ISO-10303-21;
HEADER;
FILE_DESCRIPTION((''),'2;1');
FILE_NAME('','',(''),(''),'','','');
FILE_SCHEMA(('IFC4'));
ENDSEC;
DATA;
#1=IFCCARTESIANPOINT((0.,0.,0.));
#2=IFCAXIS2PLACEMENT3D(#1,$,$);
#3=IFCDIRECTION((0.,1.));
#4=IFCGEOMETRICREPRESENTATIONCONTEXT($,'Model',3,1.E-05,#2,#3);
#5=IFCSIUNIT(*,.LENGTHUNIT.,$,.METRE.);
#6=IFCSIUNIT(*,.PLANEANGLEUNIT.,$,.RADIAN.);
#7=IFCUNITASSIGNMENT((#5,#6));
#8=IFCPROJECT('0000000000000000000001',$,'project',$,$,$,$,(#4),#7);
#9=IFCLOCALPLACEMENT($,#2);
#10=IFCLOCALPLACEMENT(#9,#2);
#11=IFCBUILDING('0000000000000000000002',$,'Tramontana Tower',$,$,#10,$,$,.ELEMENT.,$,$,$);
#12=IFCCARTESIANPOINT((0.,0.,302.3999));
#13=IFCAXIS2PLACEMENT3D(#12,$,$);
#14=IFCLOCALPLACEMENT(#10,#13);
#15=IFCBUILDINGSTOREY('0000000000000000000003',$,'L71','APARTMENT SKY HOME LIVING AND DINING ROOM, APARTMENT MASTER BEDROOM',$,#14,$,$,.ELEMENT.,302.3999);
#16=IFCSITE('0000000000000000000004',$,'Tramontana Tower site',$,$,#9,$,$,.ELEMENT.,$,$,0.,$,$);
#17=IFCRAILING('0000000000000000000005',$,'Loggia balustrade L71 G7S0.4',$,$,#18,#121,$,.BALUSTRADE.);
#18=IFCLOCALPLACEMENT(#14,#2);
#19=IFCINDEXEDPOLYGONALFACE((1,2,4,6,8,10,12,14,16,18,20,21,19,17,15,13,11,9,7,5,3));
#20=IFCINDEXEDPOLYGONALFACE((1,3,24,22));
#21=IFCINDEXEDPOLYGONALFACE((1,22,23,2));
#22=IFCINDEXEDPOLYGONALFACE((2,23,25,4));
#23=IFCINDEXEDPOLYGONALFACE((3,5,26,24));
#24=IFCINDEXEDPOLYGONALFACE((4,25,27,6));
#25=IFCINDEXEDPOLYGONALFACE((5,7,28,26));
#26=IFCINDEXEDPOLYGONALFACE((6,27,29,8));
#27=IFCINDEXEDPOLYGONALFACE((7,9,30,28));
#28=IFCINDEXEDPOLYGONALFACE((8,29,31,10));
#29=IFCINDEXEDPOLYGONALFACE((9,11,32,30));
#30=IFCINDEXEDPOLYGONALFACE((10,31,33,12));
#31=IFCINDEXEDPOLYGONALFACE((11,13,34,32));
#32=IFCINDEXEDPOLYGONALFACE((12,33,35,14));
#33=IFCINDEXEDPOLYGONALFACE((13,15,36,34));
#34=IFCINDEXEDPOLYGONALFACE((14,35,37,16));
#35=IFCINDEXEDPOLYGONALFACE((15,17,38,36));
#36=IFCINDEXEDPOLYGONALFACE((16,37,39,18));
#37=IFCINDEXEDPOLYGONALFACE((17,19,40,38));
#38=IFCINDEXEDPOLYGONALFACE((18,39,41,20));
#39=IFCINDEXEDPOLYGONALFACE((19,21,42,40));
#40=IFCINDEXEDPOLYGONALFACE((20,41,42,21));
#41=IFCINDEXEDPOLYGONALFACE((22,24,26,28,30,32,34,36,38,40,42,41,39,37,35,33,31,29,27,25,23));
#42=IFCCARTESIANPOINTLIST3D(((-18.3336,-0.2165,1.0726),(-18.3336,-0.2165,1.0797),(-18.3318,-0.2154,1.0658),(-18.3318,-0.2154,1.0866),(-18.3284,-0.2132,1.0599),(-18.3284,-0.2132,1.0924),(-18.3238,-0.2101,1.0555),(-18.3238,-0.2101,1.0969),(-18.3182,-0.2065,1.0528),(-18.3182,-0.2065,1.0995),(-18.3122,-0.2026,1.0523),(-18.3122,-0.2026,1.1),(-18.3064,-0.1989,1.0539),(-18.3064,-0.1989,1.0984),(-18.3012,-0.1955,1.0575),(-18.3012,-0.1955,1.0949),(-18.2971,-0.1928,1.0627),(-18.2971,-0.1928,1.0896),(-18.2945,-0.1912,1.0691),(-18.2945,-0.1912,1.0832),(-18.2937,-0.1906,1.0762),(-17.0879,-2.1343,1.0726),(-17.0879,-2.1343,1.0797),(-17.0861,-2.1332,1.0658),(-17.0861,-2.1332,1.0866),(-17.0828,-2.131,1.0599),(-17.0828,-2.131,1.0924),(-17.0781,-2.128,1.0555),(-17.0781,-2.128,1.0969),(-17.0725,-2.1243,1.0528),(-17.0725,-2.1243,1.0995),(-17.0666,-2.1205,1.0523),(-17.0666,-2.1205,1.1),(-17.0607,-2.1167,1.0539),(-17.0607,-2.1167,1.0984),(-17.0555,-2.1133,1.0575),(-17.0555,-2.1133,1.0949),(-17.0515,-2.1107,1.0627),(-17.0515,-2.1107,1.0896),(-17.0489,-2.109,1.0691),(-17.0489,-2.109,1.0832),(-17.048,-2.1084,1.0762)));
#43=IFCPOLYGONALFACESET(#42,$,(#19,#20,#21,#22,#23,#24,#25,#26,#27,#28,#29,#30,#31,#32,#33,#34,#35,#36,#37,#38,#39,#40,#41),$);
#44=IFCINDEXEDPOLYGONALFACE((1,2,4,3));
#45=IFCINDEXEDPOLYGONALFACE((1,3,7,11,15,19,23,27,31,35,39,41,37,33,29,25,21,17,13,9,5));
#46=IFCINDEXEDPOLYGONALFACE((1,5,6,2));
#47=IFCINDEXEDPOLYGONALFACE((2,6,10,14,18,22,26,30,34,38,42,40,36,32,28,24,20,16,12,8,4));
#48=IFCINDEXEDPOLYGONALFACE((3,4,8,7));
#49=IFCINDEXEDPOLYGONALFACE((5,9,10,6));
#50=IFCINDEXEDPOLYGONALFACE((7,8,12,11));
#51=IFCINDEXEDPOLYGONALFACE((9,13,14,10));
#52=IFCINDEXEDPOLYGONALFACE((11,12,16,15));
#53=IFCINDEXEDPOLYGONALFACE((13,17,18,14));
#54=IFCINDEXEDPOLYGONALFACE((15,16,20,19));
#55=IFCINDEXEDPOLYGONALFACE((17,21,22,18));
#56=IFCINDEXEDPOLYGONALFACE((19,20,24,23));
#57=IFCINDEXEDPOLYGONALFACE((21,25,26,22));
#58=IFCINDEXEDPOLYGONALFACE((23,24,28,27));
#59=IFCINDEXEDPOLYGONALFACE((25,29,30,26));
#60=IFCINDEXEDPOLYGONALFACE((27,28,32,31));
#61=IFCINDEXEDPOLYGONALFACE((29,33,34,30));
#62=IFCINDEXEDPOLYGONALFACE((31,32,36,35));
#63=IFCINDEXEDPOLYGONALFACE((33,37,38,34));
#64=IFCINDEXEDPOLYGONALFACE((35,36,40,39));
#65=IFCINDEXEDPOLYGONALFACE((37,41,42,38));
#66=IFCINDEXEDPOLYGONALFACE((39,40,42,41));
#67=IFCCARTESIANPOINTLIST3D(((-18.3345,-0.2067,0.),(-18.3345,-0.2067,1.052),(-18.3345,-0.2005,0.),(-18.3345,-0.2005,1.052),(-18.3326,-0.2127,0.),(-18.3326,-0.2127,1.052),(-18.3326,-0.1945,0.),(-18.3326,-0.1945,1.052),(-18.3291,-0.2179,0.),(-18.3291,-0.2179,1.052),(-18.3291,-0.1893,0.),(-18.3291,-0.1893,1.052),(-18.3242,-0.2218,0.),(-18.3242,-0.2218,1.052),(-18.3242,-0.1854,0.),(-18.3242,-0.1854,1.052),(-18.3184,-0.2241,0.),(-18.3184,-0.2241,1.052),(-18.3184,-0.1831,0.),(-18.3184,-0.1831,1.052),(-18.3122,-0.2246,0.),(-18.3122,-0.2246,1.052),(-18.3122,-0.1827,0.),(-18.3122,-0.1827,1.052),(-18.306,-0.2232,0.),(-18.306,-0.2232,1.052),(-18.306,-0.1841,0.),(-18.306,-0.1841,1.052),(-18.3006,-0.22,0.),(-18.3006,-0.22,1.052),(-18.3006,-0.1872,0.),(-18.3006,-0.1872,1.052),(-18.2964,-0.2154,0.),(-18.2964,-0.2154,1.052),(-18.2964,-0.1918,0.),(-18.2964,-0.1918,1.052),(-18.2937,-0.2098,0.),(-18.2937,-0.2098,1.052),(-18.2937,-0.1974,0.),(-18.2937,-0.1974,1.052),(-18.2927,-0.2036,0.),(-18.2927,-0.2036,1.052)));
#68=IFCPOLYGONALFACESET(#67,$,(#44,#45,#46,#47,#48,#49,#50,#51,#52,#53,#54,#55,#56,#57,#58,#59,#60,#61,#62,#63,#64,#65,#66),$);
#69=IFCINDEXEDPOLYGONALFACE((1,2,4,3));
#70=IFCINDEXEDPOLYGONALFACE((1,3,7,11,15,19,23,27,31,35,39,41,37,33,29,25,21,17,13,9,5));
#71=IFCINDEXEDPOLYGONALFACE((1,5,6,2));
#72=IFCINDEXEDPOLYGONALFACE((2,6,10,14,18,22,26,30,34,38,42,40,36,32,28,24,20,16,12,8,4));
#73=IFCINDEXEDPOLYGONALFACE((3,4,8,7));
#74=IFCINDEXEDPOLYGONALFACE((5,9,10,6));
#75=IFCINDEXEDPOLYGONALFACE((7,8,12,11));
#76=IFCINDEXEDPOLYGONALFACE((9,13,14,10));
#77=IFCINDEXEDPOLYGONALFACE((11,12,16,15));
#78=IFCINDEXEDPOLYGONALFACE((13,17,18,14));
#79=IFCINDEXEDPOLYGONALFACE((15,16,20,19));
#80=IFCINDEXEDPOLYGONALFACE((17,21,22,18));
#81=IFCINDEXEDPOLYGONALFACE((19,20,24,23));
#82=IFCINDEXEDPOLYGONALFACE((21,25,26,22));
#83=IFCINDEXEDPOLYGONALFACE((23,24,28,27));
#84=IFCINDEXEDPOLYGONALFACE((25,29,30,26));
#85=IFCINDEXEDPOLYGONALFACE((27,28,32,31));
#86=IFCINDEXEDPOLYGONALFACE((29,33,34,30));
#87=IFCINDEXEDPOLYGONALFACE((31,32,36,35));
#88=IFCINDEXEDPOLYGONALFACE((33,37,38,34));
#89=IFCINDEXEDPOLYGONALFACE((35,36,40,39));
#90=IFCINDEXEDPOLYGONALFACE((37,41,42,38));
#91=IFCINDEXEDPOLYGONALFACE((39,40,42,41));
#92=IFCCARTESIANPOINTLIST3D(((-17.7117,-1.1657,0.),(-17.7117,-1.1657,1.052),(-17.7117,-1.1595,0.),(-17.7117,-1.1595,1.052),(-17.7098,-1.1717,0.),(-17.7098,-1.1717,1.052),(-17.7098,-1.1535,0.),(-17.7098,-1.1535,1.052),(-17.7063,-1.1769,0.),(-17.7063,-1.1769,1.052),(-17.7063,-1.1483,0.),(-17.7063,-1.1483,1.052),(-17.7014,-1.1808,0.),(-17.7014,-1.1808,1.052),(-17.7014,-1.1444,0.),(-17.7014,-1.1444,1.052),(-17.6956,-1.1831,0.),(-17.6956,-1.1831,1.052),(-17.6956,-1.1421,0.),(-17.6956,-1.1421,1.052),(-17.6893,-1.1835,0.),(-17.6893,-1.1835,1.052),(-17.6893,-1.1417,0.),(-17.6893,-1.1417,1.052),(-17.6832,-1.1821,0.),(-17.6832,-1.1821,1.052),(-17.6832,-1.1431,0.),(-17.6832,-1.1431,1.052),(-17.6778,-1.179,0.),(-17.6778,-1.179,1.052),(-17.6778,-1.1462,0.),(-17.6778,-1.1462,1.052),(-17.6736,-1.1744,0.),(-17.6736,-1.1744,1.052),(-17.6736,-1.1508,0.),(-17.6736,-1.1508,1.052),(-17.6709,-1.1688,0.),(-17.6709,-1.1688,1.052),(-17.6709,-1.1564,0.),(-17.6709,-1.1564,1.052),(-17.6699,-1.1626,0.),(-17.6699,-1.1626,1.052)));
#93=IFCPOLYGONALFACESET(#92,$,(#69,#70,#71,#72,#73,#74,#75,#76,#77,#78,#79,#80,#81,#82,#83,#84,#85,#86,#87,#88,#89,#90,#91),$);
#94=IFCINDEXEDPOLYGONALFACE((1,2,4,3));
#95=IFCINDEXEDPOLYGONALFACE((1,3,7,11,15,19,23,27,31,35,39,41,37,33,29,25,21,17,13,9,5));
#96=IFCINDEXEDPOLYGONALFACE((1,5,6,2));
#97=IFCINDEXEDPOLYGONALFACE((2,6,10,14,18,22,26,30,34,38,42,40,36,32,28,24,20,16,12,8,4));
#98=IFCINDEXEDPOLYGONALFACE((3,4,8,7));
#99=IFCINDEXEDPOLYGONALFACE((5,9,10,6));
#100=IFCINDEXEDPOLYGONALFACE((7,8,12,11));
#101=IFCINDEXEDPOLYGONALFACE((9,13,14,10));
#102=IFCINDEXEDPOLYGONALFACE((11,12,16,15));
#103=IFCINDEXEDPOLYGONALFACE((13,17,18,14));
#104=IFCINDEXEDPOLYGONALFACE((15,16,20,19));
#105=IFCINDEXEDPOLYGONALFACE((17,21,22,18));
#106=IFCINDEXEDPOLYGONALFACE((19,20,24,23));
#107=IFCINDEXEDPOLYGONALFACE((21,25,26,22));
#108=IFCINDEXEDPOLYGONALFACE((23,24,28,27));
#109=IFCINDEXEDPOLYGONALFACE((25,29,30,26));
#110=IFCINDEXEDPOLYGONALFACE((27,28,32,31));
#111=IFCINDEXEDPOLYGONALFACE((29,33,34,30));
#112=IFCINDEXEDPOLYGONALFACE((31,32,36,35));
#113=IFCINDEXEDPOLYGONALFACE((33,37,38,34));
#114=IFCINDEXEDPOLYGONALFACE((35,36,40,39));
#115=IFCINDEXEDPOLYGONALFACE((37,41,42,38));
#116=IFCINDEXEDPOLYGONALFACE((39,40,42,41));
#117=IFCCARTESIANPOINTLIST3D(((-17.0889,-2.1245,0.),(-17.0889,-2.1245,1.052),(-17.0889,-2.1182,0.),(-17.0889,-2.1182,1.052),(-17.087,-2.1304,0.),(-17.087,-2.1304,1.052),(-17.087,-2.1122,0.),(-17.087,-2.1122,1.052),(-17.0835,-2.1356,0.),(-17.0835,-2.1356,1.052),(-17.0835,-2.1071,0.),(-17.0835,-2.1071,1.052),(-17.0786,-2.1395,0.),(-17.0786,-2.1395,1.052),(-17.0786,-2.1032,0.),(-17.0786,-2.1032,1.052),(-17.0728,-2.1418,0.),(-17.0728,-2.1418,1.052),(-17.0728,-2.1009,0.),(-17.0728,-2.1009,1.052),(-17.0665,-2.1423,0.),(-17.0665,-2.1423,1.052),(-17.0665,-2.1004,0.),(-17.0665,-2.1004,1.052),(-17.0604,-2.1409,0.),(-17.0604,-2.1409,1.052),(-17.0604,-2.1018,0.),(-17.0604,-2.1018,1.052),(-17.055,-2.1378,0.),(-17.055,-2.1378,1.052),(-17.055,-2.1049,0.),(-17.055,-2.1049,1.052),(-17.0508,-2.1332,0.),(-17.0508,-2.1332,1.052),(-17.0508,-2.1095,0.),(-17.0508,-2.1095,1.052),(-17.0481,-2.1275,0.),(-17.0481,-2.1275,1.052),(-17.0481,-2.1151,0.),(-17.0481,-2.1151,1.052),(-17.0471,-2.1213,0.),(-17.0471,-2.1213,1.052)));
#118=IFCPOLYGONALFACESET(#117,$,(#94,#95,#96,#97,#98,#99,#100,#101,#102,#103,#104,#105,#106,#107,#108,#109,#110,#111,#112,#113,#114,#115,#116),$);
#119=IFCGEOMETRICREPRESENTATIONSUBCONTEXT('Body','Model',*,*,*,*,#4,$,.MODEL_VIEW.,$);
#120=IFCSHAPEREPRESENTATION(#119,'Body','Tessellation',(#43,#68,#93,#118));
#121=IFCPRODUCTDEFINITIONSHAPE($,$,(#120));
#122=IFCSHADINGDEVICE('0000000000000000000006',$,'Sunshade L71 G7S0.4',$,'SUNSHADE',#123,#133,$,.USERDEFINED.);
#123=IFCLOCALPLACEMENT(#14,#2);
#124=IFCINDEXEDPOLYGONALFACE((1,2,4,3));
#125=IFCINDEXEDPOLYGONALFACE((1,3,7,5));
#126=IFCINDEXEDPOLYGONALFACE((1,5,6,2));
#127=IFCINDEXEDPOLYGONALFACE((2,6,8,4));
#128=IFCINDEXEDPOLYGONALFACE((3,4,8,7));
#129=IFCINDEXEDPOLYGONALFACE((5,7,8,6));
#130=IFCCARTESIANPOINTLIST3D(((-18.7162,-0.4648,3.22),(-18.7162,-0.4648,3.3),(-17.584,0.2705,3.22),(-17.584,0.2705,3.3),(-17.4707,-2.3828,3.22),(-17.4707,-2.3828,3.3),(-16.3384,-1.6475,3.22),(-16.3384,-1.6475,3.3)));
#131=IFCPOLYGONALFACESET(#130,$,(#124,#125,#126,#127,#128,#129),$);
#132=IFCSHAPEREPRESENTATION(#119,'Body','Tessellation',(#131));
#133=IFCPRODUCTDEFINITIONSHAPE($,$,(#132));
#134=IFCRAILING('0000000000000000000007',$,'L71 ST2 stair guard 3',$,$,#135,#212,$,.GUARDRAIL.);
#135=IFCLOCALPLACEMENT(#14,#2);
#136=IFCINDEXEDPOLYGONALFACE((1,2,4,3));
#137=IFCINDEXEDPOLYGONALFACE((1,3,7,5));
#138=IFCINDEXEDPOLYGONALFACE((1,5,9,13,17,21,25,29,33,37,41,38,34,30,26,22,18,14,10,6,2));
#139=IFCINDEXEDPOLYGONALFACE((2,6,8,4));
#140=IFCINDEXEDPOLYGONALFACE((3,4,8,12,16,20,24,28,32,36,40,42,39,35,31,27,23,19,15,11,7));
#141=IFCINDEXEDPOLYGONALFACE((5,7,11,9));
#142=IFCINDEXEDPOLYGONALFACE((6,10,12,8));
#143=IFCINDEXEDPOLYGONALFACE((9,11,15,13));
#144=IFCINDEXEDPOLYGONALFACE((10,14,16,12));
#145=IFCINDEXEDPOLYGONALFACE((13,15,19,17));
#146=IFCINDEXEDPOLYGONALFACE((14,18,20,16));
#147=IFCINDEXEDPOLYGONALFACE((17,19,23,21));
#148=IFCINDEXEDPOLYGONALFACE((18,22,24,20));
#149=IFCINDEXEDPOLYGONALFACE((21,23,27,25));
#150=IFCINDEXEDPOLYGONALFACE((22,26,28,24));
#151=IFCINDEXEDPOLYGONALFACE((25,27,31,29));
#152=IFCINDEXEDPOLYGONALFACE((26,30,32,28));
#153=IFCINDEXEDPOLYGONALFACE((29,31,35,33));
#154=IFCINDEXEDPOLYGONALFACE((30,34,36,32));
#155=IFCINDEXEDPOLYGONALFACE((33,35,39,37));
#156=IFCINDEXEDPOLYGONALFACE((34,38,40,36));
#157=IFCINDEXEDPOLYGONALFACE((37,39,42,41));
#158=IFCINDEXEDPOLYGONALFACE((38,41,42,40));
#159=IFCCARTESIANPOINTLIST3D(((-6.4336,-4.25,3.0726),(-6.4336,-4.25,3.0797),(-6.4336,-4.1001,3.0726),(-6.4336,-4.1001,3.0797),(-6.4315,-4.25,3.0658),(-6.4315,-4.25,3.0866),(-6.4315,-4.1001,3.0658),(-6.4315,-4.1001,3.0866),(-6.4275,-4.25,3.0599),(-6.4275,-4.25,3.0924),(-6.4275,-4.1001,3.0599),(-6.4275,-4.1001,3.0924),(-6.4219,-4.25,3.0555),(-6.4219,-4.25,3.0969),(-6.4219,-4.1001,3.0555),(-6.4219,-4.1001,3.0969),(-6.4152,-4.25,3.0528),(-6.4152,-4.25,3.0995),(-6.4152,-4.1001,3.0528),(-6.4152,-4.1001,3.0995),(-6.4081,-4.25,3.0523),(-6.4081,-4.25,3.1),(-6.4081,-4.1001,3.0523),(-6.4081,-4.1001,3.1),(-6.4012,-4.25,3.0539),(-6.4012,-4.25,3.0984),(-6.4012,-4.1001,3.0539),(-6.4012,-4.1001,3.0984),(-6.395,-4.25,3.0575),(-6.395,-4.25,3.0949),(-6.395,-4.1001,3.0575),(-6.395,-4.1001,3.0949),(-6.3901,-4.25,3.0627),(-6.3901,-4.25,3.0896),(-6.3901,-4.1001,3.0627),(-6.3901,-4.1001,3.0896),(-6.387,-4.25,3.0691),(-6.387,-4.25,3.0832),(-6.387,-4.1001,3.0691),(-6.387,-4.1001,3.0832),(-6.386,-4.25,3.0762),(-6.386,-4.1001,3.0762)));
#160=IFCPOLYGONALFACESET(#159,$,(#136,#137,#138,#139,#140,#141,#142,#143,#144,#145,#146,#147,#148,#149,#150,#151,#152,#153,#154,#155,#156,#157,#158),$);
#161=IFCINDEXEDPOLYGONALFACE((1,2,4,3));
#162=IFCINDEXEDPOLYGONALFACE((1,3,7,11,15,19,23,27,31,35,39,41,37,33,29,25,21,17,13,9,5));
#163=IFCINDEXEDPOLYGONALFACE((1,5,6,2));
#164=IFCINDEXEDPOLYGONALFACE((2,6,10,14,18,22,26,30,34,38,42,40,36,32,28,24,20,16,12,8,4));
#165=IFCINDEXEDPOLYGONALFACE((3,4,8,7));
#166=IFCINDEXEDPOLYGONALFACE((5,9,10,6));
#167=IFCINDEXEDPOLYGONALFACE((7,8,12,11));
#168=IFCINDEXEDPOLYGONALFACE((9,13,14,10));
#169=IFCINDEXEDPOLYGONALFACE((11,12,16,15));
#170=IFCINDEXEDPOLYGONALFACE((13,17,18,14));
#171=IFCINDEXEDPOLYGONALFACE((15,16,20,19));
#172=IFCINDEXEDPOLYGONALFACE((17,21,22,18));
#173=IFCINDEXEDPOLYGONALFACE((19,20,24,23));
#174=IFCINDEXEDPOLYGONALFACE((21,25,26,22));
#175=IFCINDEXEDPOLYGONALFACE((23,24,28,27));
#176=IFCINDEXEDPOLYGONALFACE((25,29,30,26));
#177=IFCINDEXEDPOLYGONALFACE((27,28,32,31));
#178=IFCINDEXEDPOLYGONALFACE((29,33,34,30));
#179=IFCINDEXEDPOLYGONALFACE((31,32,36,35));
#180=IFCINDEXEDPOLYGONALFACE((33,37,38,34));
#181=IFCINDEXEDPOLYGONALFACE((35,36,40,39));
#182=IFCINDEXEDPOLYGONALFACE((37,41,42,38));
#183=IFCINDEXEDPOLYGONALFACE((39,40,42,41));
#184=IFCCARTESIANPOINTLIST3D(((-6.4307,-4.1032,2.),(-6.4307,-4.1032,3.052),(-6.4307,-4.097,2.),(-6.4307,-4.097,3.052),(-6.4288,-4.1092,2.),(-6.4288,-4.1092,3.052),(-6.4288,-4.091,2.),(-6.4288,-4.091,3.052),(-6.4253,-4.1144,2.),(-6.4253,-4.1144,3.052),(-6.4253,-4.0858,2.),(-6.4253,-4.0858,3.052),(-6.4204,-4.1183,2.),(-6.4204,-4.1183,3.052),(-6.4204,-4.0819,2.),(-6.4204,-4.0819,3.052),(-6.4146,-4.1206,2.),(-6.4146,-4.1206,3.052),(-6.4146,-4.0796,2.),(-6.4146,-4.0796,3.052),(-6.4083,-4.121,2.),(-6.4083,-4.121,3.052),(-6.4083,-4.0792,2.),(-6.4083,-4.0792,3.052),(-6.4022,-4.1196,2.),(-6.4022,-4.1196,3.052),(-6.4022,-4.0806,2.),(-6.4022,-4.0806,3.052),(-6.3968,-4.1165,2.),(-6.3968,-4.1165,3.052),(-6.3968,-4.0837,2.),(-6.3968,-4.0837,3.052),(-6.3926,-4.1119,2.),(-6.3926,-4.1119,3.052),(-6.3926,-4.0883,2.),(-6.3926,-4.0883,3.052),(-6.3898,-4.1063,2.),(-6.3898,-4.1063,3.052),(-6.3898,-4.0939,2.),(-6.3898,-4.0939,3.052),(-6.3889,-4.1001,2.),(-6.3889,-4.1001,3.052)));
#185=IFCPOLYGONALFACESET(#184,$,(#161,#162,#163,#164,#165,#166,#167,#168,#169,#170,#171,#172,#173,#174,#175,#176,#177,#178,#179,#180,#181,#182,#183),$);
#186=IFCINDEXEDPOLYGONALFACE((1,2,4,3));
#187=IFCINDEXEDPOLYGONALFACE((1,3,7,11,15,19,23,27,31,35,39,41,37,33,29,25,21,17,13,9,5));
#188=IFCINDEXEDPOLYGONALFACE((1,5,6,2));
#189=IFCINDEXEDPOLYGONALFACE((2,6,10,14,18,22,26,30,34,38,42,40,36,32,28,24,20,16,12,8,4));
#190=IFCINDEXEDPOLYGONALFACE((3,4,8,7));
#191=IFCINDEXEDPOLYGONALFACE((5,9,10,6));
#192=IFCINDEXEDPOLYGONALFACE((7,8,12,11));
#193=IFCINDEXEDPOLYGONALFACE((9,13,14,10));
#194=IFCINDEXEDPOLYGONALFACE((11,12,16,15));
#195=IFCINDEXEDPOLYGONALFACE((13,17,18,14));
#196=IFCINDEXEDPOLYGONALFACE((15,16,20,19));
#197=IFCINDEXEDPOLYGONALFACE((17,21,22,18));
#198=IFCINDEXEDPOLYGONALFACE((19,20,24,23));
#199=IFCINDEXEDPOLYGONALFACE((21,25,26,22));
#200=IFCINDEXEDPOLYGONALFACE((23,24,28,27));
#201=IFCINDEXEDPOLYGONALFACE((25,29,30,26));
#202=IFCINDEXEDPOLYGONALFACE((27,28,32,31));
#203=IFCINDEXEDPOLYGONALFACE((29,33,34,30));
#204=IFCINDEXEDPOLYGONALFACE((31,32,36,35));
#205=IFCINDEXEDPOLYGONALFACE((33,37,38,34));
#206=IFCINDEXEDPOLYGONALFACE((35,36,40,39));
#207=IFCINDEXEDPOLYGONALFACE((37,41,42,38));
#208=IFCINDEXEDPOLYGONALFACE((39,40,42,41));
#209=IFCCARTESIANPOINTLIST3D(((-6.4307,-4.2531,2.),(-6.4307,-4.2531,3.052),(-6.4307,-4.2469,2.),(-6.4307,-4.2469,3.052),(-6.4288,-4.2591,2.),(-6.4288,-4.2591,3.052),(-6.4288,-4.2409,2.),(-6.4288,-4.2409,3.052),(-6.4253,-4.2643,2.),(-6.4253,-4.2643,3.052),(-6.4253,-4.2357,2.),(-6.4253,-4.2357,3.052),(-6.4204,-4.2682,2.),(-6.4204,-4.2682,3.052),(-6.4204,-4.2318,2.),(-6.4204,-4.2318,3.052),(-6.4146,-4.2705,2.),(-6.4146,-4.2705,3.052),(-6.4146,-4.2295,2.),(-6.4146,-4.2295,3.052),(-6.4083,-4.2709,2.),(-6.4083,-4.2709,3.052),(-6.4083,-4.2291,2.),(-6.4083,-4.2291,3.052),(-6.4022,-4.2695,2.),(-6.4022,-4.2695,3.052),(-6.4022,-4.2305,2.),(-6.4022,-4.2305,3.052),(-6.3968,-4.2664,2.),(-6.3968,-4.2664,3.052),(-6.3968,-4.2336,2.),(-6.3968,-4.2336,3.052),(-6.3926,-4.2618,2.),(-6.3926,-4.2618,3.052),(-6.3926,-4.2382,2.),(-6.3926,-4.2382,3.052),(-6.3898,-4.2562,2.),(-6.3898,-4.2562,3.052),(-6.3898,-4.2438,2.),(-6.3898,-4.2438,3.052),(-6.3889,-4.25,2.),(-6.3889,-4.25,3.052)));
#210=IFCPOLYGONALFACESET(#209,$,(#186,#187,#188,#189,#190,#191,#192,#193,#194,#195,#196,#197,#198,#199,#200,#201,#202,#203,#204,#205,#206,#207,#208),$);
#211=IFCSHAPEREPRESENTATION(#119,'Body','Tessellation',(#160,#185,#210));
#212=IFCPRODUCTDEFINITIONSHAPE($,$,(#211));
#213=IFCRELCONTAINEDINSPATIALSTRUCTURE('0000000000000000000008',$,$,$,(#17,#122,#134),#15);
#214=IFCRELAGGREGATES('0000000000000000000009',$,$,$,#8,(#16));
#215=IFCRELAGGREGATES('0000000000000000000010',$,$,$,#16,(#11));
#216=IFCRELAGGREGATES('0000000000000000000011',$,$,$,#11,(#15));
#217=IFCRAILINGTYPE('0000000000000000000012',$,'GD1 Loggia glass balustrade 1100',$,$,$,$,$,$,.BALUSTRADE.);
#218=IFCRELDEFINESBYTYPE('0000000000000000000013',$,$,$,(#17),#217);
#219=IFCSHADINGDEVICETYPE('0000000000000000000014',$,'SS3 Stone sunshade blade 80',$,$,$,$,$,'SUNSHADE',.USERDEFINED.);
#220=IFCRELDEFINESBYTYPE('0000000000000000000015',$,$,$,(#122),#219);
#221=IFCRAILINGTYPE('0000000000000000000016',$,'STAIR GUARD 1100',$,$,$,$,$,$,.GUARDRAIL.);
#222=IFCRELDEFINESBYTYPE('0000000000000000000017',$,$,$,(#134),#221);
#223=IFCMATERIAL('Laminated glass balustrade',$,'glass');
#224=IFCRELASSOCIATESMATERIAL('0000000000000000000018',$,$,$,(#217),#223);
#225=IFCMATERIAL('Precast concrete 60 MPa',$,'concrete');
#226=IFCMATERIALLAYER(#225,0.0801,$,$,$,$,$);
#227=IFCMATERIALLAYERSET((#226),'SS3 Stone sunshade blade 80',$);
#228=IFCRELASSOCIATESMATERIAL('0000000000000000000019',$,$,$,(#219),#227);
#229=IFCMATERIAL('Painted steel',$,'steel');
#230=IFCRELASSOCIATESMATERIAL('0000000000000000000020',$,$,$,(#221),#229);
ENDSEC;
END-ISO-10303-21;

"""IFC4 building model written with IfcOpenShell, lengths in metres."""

from ifc_helpers import new_model, si_unit, direction, frame, origin, origin_2d, place, context, subcontext, project, spatial, rectangle, circle, extrude, material, layer, layer_set, type_object, element, save


model = new_model("IFC4")

# Units and contexts
model_context = context("Model", 3, precision=1e-05, world=origin(), true_north=direction((0.0, 1.0)))
body_context = subcontext(model_context, "Body", "Model", "MODEL_VIEW")
ifc_project = project(units=[si_unit("LENGTHUNIT", "METRE"), si_unit("PLANEANGLEUNIT", "RADIAN")], contexts=[model_context])

# Site, building, storey
site_placement = place(None, origin())
site = spatial("IfcSite", under=ifc_project, at=site_placement, Name="Tramontana Tower site", CompositionType="ELEMENT", RefElevation=0.0)
building_placement = place(site_placement, origin())
building = spatial("IfcBuilding", under=site, at=building_placement, Name="Tramontana Tower", CompositionType="ELEMENT")
storey_placement = place(building_placement, frame((0.0, 0.0, 302.3999)))
storey = spatial("IfcBuildingStorey", under=building, at=storey_placement, Name="L71", Description="APARTMENT SKY HOME LIVING AND DINING ROOM, APARTMENT MASTER BEDROOM", CompositionType="ELEMENT", Elevation=302.3999)

# Railing
ifc_material_1 = material(Name="Laminated glass balustrade", Category="glass")
railing_type_1 = type_object("IfcRailingType", Name="GD1 Loggia glass balustrade 1100", PredefinedType="BALUSTRADE", material=ifc_material_1)
railing_1_placement = place(storey_placement, frame((-18.3137, -0.2036, 0.0)))
element("IfcRailing", 1, at=railing_1_placement, inside=storey, type_object=railing_type_1, Name="Loggia balustrade L71 G7S0.4", PredefinedType="BALUSTRADE", context=body_context, shape_type="SweptSolid", body=[
    extrude(circle(Radius=0.0239, at=origin_2d()), frame((0.0, 0.0, 1.0762), z_axis=(0.544707, -0.838627, 0.0), x_axis=(0.838627, 0.544707, 0.0)), (0.0, 0.0, 1.0), 2.2869),
    extrude(circle(Radius=0.021, at=origin_2d()), origin(), (0.0, 0.0, 1.0), 1.052),
    extrude(circle(Radius=0.021, at=origin_2d()), frame((0.6228, -0.959, 0.0)), (0.0, 0.0, 1.0), 1.052),
    extrude(circle(Radius=0.021, at=origin_2d()), frame((1.2456, -1.9177, 0.0)), (0.0, 0.0, 1.0), 1.052),
])

# Shading device
ifc_material_2 = material(Name="Precast concrete 60 MPa", Category="concrete")
ifc_layer_1 = layer(ifc_material_2, 0.0801)
ifc_layer_set_1 = layer_set([ifc_layer_1], Name="SS3 Stone sunshade blade 80")
shading_device_type = type_object("IfcShadingDeviceType", Name="SS3 Stone sunshade blade 80", ElementType="SUNSHADE", PredefinedType="USERDEFINED", material=ifc_layer_set_1)
shading_device_placement = place(storey_placement, frame((-17.5273, -1.0562, 3.22), z_axis=(0.0, 0.0, 1.0), x_axis=(0.544639, -0.838671, 0.0)))
element("IfcShadingDevice", 2, at=shading_device_placement, inside=storey, type_object=shading_device_type, Name="Sunshade L71 G7S0.4", ObjectType="SUNSHADE", PredefinedType="USERDEFINED", context=body_context, shape_type="SweptSolid", body=[
    extrude(rectangle(XDim=2.2869, YDim=1.3501, at=origin_2d()), origin(), (0.0, 0.0, 1.0), 0.0801),
])

# Railing
ifc_material_3 = material(Name="Painted steel", Category="steel")
railing_type_2 = type_object("IfcRailingType", Name="STAIR GUARD 1100", PredefinedType="GUARDRAIL", material=ifc_material_3)
railing_2_placement = place(storey_placement, frame((-6.4099, -4.1001, 2.0)))
element("IfcRailing", 3, at=railing_2_placement, inside=storey, type_object=railing_type_2, Name="L71 ST2 stair guard 3", PredefinedType="GUARDRAIL", context=body_context, shape_type="SweptSolid", body=[
    extrude(circle(Radius=0.0239, at=origin_2d()), frame((0.0, 0.0, 1.0762), z_axis=(0.0, -1.0, 0.0), x_axis=(1.0, 0.0, 0.0)), (0.0, 0.0, 1.0), 0.1499),
    extrude(circle(Radius=0.021, at=origin_2d()), origin(), (0.0, 0.0, 1.0), 1.052),
    extrude(circle(Radius=0.021, at=origin_2d()), frame((0.0, -0.1499, 0.0)), (0.0, 0.0, 1.0), 1.052),
])

save(model, "model.ifc")
